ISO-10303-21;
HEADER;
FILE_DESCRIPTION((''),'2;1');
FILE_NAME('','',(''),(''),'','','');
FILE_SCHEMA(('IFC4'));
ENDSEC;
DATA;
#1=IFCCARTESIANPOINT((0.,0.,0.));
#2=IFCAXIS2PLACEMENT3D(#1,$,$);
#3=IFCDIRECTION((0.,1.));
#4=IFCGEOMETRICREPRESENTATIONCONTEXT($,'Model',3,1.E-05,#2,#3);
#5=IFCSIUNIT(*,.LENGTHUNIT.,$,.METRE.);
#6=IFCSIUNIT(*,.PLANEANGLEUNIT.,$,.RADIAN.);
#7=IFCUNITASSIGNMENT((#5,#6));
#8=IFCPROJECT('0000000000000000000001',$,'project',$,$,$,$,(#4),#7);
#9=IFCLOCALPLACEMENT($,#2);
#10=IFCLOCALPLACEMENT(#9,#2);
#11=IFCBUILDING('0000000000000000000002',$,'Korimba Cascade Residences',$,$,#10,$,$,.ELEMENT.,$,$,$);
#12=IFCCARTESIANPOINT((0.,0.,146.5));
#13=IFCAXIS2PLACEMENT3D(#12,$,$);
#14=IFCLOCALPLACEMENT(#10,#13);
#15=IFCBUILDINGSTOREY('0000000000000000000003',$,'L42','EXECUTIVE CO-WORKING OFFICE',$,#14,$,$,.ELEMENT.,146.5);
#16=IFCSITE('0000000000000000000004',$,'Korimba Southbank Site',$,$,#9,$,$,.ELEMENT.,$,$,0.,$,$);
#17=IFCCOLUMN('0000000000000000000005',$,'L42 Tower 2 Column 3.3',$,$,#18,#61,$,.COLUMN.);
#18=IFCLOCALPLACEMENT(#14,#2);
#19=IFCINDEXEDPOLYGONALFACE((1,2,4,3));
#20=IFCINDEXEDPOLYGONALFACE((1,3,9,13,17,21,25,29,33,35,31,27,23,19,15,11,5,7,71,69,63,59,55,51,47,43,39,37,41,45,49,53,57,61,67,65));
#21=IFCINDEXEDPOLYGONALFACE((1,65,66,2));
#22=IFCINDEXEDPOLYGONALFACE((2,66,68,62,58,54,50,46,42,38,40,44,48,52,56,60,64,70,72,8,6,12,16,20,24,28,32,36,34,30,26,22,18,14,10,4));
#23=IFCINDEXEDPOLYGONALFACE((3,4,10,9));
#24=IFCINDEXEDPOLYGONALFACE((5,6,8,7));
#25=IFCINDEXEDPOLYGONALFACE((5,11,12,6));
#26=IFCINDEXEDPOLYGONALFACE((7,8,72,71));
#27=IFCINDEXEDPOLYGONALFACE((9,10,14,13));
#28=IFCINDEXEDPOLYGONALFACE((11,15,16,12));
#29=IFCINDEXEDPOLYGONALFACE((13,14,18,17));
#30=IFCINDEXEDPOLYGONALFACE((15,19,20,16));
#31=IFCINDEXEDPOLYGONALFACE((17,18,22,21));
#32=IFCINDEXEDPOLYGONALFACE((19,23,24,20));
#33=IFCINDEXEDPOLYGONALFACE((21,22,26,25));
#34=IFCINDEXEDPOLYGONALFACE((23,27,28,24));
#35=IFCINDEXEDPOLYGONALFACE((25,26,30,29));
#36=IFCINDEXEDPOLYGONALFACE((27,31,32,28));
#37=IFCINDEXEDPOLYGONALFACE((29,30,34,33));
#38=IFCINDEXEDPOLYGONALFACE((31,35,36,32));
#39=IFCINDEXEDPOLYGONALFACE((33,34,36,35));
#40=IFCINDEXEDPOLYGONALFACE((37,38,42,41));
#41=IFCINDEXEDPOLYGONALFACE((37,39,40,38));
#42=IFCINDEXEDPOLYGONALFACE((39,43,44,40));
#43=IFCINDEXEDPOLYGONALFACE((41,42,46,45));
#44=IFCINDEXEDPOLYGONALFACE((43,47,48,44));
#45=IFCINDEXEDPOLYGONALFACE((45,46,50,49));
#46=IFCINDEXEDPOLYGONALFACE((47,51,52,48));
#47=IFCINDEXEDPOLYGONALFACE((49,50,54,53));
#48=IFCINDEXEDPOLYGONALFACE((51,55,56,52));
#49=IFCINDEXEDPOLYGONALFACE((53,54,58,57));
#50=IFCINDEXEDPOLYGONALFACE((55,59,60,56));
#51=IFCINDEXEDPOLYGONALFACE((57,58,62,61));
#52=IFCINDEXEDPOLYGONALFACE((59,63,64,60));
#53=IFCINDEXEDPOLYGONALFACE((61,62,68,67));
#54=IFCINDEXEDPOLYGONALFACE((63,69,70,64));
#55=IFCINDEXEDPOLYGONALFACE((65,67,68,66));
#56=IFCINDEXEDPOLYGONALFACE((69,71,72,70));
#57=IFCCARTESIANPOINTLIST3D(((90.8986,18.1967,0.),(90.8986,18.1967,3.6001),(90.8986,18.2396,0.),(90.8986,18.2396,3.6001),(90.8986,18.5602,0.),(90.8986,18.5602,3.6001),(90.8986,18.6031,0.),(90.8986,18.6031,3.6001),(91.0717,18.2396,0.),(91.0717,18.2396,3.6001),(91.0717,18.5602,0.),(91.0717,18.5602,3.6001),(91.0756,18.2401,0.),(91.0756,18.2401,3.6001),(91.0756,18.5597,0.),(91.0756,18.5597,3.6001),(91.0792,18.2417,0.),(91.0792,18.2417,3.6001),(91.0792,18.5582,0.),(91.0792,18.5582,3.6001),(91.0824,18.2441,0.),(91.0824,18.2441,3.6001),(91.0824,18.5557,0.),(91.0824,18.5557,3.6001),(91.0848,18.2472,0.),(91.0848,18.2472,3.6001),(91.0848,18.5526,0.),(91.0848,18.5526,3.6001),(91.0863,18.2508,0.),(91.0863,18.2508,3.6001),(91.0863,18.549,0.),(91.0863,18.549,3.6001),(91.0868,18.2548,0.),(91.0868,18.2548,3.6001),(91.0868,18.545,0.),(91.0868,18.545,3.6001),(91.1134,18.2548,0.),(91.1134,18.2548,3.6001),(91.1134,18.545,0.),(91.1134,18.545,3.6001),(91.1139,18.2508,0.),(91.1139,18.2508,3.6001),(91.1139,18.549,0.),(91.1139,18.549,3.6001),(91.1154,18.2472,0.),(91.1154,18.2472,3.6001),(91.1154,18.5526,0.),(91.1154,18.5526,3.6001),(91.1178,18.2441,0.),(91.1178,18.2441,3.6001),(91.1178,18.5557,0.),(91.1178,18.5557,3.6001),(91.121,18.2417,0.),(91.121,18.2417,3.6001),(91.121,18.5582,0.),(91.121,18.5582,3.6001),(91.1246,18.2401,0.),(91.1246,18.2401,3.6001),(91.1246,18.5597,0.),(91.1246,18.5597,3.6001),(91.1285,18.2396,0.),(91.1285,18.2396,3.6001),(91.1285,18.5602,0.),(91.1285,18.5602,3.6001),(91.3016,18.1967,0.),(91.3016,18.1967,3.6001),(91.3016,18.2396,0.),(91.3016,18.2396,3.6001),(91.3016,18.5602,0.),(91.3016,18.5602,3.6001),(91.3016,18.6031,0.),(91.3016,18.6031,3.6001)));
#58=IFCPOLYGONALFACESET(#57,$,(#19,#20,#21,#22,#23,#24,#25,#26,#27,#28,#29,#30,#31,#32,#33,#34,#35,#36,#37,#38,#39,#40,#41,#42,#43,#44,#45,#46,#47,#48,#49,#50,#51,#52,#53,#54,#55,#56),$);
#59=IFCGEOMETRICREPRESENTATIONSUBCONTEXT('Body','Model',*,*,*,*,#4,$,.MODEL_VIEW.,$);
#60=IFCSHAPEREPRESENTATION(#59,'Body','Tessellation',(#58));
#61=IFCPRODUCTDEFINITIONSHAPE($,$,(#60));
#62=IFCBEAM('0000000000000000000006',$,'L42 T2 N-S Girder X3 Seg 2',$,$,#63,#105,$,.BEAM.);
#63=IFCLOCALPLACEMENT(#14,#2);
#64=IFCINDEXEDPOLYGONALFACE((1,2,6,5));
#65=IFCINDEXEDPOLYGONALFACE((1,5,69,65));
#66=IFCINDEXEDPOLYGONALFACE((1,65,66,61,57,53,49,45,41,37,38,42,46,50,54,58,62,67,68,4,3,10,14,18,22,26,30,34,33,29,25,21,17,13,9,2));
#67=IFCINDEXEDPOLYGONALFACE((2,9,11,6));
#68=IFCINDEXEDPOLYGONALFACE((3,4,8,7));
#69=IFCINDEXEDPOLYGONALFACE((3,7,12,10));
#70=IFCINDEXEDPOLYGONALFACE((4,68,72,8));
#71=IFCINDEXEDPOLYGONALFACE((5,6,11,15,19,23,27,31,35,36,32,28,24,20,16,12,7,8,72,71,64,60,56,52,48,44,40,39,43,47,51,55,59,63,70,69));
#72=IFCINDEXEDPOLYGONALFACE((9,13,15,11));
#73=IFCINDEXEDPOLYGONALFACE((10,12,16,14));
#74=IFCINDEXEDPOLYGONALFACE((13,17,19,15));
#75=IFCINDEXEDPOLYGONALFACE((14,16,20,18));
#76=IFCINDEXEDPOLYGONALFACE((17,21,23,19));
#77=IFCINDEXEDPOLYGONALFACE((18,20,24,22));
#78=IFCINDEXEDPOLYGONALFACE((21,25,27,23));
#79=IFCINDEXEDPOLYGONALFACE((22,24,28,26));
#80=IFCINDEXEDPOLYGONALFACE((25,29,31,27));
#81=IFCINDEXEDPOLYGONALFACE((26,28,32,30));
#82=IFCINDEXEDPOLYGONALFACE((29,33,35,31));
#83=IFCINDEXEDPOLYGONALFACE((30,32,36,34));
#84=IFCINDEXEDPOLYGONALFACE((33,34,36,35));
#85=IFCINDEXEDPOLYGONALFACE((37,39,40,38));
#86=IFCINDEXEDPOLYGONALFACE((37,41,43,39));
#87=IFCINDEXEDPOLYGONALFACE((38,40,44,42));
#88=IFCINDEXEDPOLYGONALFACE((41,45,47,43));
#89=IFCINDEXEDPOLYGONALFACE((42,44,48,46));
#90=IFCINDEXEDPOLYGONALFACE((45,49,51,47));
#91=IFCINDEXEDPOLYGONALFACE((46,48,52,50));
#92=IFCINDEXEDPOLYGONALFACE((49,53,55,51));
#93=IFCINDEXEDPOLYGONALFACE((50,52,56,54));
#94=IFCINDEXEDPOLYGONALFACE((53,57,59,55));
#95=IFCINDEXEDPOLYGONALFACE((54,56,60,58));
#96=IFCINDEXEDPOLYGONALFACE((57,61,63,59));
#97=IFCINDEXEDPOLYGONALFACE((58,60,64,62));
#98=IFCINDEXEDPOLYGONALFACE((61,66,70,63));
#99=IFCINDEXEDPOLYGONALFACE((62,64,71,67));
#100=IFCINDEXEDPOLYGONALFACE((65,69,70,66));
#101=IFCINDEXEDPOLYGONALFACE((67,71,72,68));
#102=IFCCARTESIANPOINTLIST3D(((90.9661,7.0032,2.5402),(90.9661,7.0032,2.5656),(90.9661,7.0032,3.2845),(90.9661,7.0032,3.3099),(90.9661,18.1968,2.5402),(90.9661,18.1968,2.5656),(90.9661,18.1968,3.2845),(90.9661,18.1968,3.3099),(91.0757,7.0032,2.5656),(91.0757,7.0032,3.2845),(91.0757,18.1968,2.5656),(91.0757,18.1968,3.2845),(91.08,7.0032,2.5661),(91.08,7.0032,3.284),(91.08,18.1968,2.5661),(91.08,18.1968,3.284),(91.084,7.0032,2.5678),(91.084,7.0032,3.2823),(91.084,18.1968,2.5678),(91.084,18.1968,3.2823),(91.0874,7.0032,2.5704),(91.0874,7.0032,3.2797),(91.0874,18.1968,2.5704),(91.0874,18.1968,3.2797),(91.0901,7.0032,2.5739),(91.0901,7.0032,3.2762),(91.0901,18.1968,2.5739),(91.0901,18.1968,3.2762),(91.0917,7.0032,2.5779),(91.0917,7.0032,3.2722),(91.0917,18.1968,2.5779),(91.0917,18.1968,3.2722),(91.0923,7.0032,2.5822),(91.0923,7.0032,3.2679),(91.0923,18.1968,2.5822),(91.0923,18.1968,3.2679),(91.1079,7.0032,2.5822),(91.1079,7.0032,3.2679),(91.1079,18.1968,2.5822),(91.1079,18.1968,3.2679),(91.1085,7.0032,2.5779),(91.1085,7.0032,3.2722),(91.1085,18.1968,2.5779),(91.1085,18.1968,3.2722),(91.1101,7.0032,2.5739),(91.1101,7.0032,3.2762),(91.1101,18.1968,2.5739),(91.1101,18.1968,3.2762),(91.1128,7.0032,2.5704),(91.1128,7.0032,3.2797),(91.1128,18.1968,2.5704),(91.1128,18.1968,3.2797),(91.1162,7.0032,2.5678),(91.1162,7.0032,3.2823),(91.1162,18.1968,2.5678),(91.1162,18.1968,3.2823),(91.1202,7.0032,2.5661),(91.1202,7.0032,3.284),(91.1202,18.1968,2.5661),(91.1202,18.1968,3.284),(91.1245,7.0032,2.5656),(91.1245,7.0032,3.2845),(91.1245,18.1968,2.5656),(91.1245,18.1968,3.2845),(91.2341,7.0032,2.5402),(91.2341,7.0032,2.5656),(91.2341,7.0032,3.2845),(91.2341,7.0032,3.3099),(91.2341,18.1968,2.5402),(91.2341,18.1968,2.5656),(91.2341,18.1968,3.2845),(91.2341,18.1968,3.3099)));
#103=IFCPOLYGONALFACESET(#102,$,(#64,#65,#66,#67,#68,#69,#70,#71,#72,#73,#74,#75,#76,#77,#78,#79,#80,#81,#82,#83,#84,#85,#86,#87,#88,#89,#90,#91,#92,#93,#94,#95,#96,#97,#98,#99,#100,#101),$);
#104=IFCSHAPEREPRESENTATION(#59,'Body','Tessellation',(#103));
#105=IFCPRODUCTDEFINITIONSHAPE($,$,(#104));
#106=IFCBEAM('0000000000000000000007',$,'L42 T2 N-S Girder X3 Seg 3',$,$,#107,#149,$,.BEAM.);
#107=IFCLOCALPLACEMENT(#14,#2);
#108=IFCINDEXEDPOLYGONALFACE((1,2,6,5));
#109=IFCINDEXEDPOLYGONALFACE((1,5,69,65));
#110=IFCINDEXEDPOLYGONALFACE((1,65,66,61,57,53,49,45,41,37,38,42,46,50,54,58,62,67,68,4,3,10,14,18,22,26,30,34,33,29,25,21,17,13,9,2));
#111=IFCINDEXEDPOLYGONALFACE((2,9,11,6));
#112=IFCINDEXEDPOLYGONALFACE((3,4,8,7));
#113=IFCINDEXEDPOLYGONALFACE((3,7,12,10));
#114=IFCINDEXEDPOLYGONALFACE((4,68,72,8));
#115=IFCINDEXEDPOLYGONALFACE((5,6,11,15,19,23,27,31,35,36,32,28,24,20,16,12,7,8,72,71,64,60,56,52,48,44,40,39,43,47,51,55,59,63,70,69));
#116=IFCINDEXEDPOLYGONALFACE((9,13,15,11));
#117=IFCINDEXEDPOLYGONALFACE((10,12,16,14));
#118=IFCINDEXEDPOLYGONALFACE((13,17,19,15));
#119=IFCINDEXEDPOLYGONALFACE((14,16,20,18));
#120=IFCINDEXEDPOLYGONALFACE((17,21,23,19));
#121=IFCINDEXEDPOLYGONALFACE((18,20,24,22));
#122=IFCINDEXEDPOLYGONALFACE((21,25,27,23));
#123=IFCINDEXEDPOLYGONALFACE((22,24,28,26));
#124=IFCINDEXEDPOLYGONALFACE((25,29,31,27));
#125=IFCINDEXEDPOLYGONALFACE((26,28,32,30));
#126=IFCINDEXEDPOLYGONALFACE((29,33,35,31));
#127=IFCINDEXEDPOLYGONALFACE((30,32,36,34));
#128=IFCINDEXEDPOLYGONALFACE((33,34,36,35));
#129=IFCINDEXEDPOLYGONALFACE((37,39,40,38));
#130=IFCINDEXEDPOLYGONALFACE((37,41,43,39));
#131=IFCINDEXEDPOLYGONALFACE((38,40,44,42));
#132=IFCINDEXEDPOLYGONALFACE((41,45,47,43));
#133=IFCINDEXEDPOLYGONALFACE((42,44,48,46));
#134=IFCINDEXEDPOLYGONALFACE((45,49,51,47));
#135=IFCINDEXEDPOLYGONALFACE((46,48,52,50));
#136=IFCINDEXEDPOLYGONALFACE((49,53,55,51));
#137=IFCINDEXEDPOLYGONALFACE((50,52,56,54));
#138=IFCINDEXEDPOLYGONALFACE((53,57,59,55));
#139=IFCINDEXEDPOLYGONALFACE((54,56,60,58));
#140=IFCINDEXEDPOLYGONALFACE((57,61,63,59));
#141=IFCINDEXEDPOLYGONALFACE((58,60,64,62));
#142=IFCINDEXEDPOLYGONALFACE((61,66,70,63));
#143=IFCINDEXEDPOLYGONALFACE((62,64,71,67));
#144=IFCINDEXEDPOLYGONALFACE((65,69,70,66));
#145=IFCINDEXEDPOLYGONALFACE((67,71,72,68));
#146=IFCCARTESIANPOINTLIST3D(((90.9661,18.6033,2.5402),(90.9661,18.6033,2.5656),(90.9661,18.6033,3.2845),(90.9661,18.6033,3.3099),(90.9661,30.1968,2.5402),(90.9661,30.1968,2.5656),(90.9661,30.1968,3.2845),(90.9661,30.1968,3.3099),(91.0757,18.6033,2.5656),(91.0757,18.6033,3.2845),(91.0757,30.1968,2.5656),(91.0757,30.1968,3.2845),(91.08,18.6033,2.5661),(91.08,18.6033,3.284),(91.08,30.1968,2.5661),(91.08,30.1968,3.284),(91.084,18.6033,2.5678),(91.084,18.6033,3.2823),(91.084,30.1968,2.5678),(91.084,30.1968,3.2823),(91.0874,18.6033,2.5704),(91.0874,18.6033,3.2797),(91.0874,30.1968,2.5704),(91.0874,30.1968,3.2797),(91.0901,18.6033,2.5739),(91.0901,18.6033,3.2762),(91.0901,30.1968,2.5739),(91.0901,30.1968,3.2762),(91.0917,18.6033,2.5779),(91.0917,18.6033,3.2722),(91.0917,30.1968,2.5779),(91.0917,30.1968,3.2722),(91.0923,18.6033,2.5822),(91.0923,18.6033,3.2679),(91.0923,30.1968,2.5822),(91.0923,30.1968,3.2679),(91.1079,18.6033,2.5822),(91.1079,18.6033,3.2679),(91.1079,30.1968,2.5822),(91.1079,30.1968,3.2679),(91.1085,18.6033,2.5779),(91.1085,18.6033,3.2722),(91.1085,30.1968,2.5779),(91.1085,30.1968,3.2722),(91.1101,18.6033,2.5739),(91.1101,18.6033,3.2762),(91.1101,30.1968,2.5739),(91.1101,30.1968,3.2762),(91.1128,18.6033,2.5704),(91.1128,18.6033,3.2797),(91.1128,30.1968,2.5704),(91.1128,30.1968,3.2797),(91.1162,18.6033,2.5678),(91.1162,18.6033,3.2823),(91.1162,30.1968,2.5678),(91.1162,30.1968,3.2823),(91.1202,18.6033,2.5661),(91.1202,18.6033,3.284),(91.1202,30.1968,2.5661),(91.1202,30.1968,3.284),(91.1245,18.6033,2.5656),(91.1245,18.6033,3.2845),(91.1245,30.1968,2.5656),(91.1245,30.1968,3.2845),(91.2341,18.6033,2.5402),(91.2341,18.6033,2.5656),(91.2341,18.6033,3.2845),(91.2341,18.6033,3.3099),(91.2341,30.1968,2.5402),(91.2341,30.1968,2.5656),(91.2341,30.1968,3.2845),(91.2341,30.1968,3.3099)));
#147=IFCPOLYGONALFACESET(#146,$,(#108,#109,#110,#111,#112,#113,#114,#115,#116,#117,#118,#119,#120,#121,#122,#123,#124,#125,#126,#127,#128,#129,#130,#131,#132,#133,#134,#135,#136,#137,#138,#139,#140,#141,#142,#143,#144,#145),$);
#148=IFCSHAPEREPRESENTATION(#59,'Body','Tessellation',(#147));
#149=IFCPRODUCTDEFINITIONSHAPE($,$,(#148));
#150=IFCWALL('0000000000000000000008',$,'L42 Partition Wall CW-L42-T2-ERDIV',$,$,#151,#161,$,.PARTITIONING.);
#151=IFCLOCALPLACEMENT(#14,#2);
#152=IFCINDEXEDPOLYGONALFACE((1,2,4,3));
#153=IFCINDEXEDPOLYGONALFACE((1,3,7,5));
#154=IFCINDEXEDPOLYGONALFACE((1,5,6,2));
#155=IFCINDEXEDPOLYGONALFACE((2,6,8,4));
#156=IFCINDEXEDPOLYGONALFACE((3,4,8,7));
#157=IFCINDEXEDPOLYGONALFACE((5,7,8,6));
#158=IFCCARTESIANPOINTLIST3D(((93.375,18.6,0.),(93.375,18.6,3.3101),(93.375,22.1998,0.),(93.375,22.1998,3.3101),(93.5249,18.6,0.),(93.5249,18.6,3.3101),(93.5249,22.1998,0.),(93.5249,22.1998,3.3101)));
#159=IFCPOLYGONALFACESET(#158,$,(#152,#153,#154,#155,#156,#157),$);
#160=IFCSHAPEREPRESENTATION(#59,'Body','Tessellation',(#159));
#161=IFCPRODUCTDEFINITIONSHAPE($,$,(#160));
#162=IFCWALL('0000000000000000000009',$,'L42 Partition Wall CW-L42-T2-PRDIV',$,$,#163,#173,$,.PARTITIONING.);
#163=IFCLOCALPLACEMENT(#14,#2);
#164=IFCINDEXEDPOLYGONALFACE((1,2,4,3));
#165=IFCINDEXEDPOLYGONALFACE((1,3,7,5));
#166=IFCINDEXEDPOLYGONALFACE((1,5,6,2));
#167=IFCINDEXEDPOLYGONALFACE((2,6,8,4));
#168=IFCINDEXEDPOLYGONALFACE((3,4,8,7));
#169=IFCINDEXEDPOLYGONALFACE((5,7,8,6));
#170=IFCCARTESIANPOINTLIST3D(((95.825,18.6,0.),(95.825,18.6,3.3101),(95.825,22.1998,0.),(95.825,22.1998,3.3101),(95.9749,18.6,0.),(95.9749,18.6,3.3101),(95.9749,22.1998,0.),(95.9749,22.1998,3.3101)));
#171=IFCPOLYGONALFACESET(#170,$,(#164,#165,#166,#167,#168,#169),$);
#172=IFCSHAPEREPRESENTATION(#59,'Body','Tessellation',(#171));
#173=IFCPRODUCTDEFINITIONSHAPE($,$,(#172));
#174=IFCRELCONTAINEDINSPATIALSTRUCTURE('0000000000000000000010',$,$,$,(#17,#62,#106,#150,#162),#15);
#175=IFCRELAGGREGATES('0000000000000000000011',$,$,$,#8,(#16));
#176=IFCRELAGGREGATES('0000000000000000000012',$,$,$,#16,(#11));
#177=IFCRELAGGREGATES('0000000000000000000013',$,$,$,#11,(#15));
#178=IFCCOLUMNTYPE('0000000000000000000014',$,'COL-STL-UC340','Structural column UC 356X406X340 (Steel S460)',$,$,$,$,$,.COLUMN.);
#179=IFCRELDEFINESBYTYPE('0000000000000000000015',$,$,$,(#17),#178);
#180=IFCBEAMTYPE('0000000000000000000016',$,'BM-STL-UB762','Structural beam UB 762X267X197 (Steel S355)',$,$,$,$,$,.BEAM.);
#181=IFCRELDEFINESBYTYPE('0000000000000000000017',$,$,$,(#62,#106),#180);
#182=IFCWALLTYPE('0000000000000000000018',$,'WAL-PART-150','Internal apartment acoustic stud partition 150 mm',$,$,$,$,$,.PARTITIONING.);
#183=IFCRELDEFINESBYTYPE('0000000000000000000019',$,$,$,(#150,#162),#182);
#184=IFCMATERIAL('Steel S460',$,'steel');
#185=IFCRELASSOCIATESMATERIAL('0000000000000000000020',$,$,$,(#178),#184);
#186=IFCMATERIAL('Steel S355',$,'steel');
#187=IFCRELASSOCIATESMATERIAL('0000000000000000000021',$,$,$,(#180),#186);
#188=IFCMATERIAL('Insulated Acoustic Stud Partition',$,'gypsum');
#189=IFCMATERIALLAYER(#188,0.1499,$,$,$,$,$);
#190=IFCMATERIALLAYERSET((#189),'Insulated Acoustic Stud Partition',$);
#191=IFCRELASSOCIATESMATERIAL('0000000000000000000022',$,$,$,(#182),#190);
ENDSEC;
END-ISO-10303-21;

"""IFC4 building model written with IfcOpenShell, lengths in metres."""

from ifc_helpers import new_model, si_unit, direction, frame, frame_2d, origin, origin_2d, place, context, subcontext, project, spatial, rectangle, i_section, extrude, material, layer, layer_set, material_profile, profile_set, type_object, element, save


model = new_model("IFC4")

# Units and contexts
model_context = context("Model", 3, precision=1e-05, world=origin(), true_north=direction((0.0, 1.0)))
body_context = subcontext(model_context, "Body", "Model", "MODEL_VIEW")
ifc_project = project(units=[si_unit("LENGTHUNIT", "METRE"), si_unit("PLANEANGLEUNIT", "RADIAN")], contexts=[model_context])

# Site, building, storey
site_placement = place(None, origin())
site = spatial("IfcSite", under=ifc_project, at=site_placement, Name="Korimba Southbank Site", CompositionType="ELEMENT", RefElevation=0.0)
building_placement = place(site_placement, origin())
building = spatial("IfcBuilding", under=site, at=building_placement, Name="Korimba Cascade Residences", CompositionType="ELEMENT")
storey_placement = place(building_placement, frame((0.0, 0.0, 146.5)))
storey = spatial("IfcBuildingStorey", under=building, at=storey_placement, Name="L42", Description="EXECUTIVE CO-WORKING OFFICE", CompositionType="ELEMENT", Elevation=146.5)

# Column
ifc_material_1 = material(Name="Steel S460", Category="steel")
ifc_material_profile_1 = material_profile(ifc_material_1, i_section(OverallWidth=0.4031, OverallDepth=0.4065, WebThickness=0.0266, FlangeThickness=0.043, FilletRadius=0.0151, at=origin_2d()), Name="Steel S460")
ifc_profile_set_1 = profile_set([ifc_material_profile_1], Name="Steel S460")
column_type = type_object("IfcColumnType", Name="COL-STL-UC340", Description="Structural column UC 356X406X340 (Steel S460)", PredefinedType="COLUMN", material=ifc_profile_set_1)
column_placement = place(storey_placement, frame((91.1001, 18.3999, 0.0), z_axis=(0.0, 0.0, 1.0), x_axis=(1.0, 0.0, 0.0)))
element("IfcColumn", 1, at=column_placement, inside=storey, type_object=column_type, Name="L42 Tower 2 Column 3.3", PredefinedType="COLUMN", context=body_context, shape_type="SweptSolid", body=[
    extrude(i_section(OverallWidth=0.4031, OverallDepth=0.4065, WebThickness=0.0266, FlangeThickness=0.043, FilletRadius=0.0151, at=origin_2d()), origin(), (0.0, 0.0, 1.0), 3.6001),
])

# Beams
ifc_material_2 = material(Name="Steel S355", Category="steel")
ifc_material_profile_2 = material_profile(ifc_material_2, i_section(OverallWidth=0.2681, OverallDepth=0.7698, WebThickness=0.0156, FlangeThickness=0.0254, FilletRadius=0.0166, at=origin_2d()), Name="Steel S355")
ifc_profile_set_2 = profile_set([ifc_material_profile_2], Name="Steel S355")
beam_type = type_object("IfcBeamType", Name="BM-STL-UB762", Description="Structural beam UB 762X267X197 (Steel S355)", PredefinedType="BEAM", material=ifc_profile_set_2)
beam_1_placement = place(storey_placement, frame((91.1001, 7.0032, 2.925), z_axis=(0.0, 1.0, 0.0), x_axis=(-1.0, 0.0, 0.0)))
element("IfcBeam", 2, at=beam_1_placement, inside=storey, type_object=beam_type, Name="L42 T2 N-S Girder X3 Seg 2", PredefinedType="BEAM", context=body_context, shape_type="SweptSolid", body=[
    extrude(i_section(OverallWidth=0.2681, OverallDepth=0.7698, WebThickness=0.0156, FlangeThickness=0.0254, FilletRadius=0.0166, at=origin_2d()), origin(), (0.0, 0.0, 1.0), 11.1936),
])
beam_2_placement = place(storey_placement, frame((91.1001, 18.6033, 2.925), z_axis=(0.0, 1.0, 0.0), x_axis=(-1.0, 0.0, 0.0)))
element("IfcBeam", 3, at=beam_2_placement, inside=storey, type_object=beam_type, Name="L42 T2 N-S Girder X3 Seg 3", PredefinedType="BEAM", context=body_context, shape_type="SweptSolid", body=[
    extrude(i_section(OverallWidth=0.2681, OverallDepth=0.7698, WebThickness=0.0156, FlangeThickness=0.0254, FilletRadius=0.0166, at=origin_2d()), origin(), (0.0, 0.0, 1.0), 11.5935),
])

# Walls
ifc_material_3 = material(Name="Insulated Acoustic Stud Partition", Category="gypsum")
ifc_layer_1 = layer(ifc_material_3, 0.1499)
ifc_layer_set_1 = layer_set([ifc_layer_1], Name="Insulated Acoustic Stud Partition")
wall_type_1 = type_object("IfcWallType", Name="WAL-PART-150", Description="Internal apartment acoustic stud partition 150 mm", PredefinedType="PARTITIONING", material=ifc_layer_set_1)
for number, where, z_axis, x_axis, name in (
    (4, (93.45, 18.6001, 0.0), (0.0, 0.0, 1.0), (0.0, 1.0, 0.0), "L42 Partition Wall CW-L42-T2-ERDIV"),
    (5, (95.8999, 18.6001, 0.0), (0.0, 0.0, 1.0), (0.0, 1.0, 0.0), "L42 Partition Wall CW-L42-T2-PRDIV"),
):
    element("IfcWall", number, at=place(storey_placement, frame(where, z_axis=z_axis, x_axis=x_axis)), inside=storey, type_object=wall_type_1, Name=name, PredefinedType="PARTITIONING", context=body_context, shape_type="SweptSolid", body=[
        extrude(rectangle(XDim=3.5999, YDim=0.1499, at=frame_2d((1.7998, 0.0))), origin(), (0.0, 0.0, 1.0), 3.3101),
    ])

save(model, "model.ifc")
